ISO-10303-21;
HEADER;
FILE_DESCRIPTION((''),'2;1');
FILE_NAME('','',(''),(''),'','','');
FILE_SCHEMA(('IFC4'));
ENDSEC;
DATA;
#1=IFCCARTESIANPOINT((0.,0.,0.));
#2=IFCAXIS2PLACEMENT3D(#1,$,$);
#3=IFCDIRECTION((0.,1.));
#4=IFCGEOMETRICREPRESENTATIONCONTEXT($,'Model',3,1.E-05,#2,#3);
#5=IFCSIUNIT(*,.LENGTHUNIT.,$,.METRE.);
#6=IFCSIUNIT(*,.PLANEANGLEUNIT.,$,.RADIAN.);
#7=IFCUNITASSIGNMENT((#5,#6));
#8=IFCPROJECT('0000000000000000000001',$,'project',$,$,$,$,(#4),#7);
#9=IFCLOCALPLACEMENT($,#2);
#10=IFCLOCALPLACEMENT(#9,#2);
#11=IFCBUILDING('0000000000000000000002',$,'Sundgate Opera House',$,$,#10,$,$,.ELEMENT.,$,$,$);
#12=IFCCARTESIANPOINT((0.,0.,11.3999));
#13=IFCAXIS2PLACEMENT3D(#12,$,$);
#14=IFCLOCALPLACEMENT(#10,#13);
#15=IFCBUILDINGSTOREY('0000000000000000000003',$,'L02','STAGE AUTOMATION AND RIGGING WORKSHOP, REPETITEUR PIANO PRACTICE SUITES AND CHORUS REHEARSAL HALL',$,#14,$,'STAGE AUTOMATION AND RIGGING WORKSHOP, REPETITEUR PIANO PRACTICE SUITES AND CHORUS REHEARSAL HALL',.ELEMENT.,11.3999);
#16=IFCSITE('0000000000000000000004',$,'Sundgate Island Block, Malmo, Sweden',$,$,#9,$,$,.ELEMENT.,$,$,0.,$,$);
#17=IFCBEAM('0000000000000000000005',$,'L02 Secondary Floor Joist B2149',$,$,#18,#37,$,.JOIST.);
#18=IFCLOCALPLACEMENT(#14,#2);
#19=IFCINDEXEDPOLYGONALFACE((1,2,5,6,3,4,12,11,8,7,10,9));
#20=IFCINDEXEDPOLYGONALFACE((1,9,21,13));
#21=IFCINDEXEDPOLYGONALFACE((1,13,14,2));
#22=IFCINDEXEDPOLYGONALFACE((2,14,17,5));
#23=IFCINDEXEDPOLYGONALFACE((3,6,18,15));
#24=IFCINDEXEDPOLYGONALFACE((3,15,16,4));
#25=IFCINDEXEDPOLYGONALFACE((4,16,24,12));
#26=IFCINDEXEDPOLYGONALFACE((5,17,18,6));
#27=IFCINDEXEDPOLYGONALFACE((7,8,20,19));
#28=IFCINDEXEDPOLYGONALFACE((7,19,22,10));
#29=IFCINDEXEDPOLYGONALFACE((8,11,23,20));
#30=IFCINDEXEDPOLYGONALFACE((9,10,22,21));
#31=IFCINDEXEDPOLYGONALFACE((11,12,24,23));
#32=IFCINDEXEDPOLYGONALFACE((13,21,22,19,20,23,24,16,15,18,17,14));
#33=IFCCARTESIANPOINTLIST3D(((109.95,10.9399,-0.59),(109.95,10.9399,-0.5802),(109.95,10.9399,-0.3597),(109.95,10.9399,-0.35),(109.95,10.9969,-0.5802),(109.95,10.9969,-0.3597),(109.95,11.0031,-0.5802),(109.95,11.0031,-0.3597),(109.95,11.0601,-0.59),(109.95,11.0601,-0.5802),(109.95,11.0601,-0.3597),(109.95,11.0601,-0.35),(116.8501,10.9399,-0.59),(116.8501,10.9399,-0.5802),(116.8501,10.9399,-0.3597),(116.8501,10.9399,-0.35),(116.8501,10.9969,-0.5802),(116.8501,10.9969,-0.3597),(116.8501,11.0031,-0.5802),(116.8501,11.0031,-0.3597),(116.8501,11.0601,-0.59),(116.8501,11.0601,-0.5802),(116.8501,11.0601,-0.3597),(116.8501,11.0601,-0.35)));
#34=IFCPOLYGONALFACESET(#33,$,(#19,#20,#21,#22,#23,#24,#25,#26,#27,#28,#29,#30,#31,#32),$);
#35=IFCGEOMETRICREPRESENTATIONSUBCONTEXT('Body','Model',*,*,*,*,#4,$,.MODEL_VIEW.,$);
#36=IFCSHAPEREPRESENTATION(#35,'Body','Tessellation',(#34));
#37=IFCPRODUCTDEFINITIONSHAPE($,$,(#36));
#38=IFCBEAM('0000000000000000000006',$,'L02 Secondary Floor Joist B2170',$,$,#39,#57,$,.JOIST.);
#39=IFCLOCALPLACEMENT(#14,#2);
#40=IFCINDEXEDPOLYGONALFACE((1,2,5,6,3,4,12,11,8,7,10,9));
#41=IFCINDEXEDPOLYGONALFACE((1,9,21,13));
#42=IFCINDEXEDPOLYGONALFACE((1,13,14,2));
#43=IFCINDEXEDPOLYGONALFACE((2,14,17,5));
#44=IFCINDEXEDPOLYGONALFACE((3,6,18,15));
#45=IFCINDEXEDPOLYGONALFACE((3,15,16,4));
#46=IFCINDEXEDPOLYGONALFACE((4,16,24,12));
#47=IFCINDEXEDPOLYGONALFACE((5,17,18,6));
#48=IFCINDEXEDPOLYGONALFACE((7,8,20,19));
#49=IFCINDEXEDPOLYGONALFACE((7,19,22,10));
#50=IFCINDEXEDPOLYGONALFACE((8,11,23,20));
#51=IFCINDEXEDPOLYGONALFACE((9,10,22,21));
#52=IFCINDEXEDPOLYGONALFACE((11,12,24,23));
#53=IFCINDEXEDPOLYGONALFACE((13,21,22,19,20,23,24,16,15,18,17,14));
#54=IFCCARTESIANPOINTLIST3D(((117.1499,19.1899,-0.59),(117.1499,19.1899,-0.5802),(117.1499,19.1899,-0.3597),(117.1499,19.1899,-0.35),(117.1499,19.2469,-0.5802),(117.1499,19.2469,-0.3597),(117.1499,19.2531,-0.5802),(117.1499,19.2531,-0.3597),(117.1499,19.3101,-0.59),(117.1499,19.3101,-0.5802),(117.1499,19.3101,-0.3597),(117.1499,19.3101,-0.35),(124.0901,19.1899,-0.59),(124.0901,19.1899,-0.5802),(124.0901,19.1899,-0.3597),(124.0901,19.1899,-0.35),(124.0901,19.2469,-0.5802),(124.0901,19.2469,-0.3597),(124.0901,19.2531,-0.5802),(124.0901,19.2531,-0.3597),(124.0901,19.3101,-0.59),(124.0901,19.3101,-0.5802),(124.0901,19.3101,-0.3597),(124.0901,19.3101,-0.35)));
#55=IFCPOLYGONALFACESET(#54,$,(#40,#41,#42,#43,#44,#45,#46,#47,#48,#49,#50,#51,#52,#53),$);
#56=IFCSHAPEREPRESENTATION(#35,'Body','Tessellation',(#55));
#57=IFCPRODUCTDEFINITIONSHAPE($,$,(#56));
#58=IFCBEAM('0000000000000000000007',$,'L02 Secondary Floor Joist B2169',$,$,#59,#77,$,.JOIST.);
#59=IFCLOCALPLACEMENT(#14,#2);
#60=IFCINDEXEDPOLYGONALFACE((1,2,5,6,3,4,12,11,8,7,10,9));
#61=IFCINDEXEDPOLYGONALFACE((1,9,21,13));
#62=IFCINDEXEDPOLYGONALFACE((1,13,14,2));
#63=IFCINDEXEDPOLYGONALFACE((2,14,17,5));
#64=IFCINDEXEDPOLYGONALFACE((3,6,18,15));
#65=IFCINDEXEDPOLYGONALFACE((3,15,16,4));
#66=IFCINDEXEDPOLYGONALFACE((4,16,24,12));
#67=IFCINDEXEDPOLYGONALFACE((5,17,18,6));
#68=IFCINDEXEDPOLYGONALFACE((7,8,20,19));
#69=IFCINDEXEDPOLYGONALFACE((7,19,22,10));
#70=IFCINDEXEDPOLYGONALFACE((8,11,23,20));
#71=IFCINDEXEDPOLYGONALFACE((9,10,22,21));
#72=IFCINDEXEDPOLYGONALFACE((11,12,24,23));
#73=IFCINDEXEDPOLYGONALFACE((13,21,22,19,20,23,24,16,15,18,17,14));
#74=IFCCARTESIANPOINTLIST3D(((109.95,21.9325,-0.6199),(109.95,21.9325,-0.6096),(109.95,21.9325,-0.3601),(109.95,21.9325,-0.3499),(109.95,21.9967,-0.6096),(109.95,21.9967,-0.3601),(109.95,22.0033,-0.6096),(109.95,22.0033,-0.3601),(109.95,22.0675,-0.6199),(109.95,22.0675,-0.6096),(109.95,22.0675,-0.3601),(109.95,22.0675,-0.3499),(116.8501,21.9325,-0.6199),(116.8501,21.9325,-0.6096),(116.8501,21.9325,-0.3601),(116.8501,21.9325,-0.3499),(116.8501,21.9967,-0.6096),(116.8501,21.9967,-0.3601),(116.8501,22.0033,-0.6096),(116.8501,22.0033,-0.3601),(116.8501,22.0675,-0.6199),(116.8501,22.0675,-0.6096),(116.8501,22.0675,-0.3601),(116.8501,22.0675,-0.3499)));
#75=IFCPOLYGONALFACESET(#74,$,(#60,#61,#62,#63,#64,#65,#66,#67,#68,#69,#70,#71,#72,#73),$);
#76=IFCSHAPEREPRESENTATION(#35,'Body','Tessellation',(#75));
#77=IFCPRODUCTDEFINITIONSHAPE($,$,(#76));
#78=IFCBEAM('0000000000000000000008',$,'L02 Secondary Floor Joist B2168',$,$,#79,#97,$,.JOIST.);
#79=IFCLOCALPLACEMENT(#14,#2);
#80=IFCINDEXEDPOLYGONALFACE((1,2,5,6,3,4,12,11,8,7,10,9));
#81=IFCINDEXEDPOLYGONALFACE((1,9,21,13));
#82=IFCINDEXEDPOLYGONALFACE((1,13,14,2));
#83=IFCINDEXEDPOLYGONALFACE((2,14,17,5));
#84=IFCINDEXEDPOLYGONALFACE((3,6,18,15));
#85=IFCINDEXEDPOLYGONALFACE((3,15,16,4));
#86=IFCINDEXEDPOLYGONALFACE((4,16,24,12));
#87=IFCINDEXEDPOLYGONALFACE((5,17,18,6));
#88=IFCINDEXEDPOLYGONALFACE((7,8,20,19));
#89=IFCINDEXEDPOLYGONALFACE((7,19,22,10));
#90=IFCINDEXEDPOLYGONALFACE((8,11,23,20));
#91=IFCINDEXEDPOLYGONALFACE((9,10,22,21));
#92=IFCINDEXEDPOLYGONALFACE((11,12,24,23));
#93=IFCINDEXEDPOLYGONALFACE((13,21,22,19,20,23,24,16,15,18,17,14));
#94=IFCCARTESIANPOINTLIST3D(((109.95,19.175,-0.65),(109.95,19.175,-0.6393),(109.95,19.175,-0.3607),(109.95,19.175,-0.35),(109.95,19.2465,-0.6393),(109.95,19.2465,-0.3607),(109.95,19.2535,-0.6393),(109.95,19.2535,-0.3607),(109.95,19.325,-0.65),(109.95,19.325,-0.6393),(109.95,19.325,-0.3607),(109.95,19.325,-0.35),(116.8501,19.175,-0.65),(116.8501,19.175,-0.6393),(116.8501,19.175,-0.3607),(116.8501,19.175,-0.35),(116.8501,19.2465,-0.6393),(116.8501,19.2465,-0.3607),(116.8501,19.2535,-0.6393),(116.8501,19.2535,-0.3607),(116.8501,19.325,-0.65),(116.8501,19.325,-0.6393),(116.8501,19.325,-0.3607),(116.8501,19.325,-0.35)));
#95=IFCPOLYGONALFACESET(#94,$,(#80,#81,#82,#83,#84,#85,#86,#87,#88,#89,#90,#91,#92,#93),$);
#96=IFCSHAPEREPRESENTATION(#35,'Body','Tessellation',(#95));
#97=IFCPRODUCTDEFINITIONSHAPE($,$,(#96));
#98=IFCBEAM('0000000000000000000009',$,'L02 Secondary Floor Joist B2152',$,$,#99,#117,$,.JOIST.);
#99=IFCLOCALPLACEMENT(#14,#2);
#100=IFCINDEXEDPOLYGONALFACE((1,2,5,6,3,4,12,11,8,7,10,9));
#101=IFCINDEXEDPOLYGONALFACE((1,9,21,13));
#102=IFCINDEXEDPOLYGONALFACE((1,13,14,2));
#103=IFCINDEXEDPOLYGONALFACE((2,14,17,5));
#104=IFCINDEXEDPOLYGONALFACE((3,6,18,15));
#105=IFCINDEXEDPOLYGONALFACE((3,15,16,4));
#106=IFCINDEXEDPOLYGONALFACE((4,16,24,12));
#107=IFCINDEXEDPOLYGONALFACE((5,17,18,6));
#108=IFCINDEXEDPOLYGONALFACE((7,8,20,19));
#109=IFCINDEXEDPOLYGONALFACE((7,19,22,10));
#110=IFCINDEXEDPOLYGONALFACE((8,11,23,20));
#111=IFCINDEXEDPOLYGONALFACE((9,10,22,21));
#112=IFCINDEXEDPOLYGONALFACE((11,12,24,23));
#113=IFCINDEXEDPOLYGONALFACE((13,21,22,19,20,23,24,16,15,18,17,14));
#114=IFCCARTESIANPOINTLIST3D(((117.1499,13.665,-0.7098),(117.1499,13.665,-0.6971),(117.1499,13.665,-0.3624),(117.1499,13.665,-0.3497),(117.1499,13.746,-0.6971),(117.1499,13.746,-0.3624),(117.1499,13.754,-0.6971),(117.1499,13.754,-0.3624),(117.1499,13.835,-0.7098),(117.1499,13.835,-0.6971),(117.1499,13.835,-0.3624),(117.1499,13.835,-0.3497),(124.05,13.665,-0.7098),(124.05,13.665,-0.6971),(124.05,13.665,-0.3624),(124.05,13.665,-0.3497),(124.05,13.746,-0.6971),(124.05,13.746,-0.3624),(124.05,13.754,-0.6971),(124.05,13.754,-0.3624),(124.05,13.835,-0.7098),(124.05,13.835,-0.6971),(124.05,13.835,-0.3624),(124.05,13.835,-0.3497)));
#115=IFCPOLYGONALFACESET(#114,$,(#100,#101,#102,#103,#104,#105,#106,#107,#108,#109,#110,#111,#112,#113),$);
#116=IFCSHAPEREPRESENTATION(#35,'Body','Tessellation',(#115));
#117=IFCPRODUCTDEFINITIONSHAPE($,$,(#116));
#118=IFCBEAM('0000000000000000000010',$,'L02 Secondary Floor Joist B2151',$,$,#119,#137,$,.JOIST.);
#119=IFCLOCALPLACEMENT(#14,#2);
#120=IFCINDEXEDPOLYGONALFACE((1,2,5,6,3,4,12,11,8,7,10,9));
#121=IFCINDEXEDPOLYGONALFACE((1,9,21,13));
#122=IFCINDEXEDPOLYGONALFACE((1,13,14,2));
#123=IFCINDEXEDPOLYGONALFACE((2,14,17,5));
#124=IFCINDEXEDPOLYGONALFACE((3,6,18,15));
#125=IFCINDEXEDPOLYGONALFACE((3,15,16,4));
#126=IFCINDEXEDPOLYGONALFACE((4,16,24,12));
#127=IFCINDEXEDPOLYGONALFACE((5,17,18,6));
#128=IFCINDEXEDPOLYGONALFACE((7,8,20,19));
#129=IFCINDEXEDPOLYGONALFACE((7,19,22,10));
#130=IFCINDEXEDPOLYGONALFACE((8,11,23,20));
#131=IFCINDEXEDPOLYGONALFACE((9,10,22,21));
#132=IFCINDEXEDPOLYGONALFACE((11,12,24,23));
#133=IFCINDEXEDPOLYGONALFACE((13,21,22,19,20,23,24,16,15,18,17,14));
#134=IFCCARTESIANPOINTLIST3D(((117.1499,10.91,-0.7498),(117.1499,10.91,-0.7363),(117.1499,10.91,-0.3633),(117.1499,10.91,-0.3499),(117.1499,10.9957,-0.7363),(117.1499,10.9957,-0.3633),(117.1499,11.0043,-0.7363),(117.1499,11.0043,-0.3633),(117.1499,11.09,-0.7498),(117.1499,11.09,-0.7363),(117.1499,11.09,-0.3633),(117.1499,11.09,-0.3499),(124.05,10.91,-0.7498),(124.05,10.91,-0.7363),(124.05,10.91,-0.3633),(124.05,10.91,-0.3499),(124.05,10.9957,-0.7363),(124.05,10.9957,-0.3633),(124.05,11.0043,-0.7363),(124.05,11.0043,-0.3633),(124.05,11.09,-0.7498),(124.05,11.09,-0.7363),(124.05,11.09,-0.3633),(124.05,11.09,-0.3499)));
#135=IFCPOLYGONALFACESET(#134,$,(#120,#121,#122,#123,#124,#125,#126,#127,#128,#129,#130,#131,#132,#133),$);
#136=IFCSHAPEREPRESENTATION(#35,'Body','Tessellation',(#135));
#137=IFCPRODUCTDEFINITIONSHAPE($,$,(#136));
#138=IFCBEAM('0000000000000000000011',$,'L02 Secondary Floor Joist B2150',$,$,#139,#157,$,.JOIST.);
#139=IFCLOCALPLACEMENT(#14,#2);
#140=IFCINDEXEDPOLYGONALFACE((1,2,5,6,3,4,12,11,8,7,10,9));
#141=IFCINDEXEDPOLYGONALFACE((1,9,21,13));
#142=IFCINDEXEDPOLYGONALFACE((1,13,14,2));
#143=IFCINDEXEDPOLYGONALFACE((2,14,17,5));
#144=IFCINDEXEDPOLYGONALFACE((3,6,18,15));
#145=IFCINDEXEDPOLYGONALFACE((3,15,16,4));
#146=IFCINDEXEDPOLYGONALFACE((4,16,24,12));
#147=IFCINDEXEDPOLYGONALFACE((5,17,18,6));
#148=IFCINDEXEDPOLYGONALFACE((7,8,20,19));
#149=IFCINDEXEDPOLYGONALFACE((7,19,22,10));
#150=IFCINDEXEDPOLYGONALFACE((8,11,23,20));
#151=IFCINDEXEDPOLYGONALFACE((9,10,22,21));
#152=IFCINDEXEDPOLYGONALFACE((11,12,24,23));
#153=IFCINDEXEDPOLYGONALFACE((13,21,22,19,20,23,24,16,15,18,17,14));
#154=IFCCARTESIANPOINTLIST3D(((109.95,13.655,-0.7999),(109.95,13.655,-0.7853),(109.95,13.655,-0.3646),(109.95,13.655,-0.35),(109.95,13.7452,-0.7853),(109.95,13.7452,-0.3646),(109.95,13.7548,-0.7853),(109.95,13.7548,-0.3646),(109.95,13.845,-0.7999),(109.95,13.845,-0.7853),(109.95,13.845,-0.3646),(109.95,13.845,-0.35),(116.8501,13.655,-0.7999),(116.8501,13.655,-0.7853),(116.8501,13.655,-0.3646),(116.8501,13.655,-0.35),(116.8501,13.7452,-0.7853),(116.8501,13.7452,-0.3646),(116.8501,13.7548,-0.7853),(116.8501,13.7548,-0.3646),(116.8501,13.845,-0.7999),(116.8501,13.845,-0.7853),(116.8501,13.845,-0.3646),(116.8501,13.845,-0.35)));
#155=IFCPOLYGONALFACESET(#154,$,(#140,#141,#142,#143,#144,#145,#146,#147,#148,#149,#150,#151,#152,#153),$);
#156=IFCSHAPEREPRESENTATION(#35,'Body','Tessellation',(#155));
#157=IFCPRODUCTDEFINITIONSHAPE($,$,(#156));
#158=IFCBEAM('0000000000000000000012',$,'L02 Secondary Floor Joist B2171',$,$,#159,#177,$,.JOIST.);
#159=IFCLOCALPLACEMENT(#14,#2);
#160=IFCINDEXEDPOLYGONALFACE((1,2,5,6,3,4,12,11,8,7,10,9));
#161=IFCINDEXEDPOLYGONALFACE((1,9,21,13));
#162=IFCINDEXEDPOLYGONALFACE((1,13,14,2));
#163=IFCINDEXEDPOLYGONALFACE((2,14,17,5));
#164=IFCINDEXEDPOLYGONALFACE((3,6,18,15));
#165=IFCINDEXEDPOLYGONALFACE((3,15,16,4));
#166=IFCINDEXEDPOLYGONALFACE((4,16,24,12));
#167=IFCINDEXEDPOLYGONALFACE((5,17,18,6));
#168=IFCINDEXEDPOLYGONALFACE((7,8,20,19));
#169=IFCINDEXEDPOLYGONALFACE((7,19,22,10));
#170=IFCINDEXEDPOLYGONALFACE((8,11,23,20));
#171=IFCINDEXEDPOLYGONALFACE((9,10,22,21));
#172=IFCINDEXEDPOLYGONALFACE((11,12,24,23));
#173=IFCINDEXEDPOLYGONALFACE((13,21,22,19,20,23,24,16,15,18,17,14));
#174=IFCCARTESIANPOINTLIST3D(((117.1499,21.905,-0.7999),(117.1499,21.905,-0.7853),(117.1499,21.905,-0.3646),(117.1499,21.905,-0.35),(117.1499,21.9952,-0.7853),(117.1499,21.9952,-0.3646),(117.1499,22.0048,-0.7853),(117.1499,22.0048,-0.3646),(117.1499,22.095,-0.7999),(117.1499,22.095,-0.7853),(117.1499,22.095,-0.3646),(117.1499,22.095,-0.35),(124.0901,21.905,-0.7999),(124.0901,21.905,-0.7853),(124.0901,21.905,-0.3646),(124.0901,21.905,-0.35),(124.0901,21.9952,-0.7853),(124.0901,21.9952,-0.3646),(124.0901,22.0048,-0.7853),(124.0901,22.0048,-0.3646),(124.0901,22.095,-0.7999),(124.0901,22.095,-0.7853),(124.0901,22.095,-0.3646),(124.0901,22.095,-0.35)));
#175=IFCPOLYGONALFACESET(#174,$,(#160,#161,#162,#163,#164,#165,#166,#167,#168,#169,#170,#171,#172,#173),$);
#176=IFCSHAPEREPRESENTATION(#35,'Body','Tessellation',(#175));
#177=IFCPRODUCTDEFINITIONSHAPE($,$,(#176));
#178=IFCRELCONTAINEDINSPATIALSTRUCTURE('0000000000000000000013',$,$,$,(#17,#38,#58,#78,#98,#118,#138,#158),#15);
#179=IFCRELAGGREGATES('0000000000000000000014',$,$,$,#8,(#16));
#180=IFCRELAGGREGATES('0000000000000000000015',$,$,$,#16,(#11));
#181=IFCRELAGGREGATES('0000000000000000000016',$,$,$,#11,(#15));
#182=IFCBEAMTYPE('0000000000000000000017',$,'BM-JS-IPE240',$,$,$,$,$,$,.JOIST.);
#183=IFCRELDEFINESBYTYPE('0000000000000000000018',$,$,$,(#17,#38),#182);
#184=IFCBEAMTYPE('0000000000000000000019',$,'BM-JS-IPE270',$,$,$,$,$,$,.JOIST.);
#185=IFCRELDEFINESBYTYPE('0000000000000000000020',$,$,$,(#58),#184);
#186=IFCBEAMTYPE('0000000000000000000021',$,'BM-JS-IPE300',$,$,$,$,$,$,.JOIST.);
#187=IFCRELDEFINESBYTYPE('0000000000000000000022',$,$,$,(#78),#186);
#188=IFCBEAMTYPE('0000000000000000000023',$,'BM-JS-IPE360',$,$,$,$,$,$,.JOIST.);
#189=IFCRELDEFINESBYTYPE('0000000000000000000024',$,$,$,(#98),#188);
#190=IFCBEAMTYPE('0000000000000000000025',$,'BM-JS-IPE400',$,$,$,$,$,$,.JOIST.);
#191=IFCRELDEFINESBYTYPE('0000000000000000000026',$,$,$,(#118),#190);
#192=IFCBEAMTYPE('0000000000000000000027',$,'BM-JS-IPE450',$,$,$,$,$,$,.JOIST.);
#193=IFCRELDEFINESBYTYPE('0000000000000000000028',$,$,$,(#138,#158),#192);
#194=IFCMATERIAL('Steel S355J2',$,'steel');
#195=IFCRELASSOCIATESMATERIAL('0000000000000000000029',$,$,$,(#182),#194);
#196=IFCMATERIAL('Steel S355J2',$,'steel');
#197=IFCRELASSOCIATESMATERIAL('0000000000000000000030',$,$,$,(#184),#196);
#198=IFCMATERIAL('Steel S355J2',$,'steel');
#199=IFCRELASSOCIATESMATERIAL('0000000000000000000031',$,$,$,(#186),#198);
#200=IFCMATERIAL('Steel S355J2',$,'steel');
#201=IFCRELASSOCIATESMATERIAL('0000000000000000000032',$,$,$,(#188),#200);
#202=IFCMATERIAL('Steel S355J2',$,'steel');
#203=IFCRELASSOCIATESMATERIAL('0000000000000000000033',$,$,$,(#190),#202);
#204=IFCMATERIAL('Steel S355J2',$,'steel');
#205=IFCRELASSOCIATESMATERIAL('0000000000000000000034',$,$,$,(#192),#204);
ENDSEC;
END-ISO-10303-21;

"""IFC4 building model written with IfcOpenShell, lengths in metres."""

from ifc_helpers import new_model, si_unit, direction, frame, origin, origin_2d, place, context, subcontext, project, spatial, i_section, extrude, material, material_profile, profile_set, type_object, element, save


model = new_model("IFC4")

# Units and contexts
model_context = context("Model", 3, precision=1e-05, world=origin(), true_north=direction((0.0, 1.0)))
body_context = subcontext(model_context, "Body", "Model", "MODEL_VIEW")
ifc_project = project(units=[si_unit("LENGTHUNIT", "METRE"), si_unit("PLANEANGLEUNIT", "RADIAN")], contexts=[model_context])

# Site, building, storey
site_placement = place(None, origin())
site = spatial("IfcSite", under=ifc_project, at=site_placement, Name="Sundgate Island Block, Malmo, Sweden", CompositionType="ELEMENT", RefElevation=0.0)
building_placement = place(site_placement, origin())
building = spatial("IfcBuilding", under=site, at=building_placement, Name="Sundgate Opera House", CompositionType="ELEMENT")
storey_placement = place(building_placement, frame((0.0, 0.0, 11.3999)))
storey = spatial("IfcBuildingStorey", under=building, at=storey_placement, Name="L02", Description="STAGE AUTOMATION AND RIGGING WORKSHOP, REPETITEUR PIANO PRACTICE SUITES AND CHORUS REHEARSAL HALL", LongName="STAGE AUTOMATION AND RIGGING WORKSHOP, REPETITEUR PIANO PRACTICE SUITES AND CHORUS REHEARSAL HALL", CompositionType="ELEMENT", Elevation=11.3999)

# Beams
ifc_material_1 = material(Name="Steel S355J2", Category="steel")
ifc_material_profile_1 = material_profile(ifc_material_1, i_section(OverallWidth=0.1201, OverallDepth=0.24, WebThickness=0.0061, FlangeThickness=0.0098, at=origin_2d()), Name="IPE 240")
ifc_profile_set_1 = profile_set([ifc_material_profile_1], Name="Steel S355J2")
beam_type_1 = type_object("IfcBeamType", Name="BM-JS-IPE240", PredefinedType="JOIST", material=ifc_profile_set_1)
beam_1_placement = place(storey_placement, frame((109.95, 11.0, -0.47), z_axis=(1.0, 0.0, 0.0), x_axis=(0.0, 1.0, 0.0)))
element("IfcBeam", 1, at=beam_1_placement, inside=storey, type_object=beam_type_1, Name="L02 Secondary Floor Joist B2149", PredefinedType="JOIST", context=body_context, shape_type="SweptSolid", body=[
    extrude(i_section(OverallWidth=0.1201, OverallDepth=0.24, WebThickness=0.0061, FlangeThickness=0.0098, at=origin_2d()), origin(), (0.0, 0.0, 1.0), 6.9001),
])
beam_2_placement = place(storey_placement, frame((117.1499, 19.25, -0.47), z_axis=(1.0, 0.0, 0.0), x_axis=(0.0, 1.0, 0.0)))
element("IfcBeam", 2, at=beam_2_placement, inside=storey, type_object=beam_type_1, Name="L02 Secondary Floor Joist B2170", PredefinedType="JOIST", context=body_context, shape_type="SweptSolid", body=[
    extrude(i_section(OverallWidth=0.1201, OverallDepth=0.24, WebThickness=0.0061, FlangeThickness=0.0098, at=origin_2d()), origin(), (0.0, 0.0, 1.0), 6.9402),
])
ifc_material_2 = material(Name="Steel S355J2", Category="steel")
ifc_material_profile_2 = material_profile(ifc_material_2, i_section(OverallWidth=0.135, OverallDepth=0.27, WebThickness=0.0066, FlangeThickness=0.0103, at=origin_2d()), Name="IPE 270")
ifc_profile_set_2 = profile_set([ifc_material_profile_2], Name="Steel S355J2")
beam_type_2 = type_object("IfcBeamType", Name="BM-JS-IPE270", PredefinedType="JOIST", material=ifc_profile_set_2)
beam_3_placement = place(storey_placement, frame((109.95, 22.0, -0.4849), z_axis=(1.0, 0.0, 0.0), x_axis=(0.0, 1.0, 0.0)))
element("IfcBeam", 3, at=beam_3_placement, inside=storey, type_object=beam_type_2, Name="L02 Secondary Floor Joist B2169", PredefinedType="JOIST", context=body_context, shape_type="SweptSolid", body=[
    extrude(i_section(OverallWidth=0.135, OverallDepth=0.27, WebThickness=0.0066, FlangeThickness=0.0103, at=origin_2d()), origin(), (0.0, 0.0, 1.0), 6.9001),
])
ifc_material_3 = material(Name="Steel S355J2", Category="steel")
ifc_material_profile_3 = material_profile(ifc_material_3, i_section(OverallWidth=0.1499, OverallDepth=0.3, WebThickness=0.0071, FlangeThickness=0.0107, at=origin_2d()), Name="IPE 300")
ifc_profile_set_3 = profile_set([ifc_material_profile_3], Name="Steel S355J2")
beam_type_3 = type_object("IfcBeamType", Name="BM-JS-IPE300", PredefinedType="JOIST", material=ifc_profile_set_3)
beam_4_placement = place(storey_placement, frame((109.95, 19.25, -0.5), z_axis=(1.0, 0.0, 0.0), x_axis=(0.0, 1.0, 0.0)))
element("IfcBeam", 4, at=beam_4_placement, inside=storey, type_object=beam_type_3, Name="L02 Secondary Floor Joist B2168", PredefinedType="JOIST", context=body_context, shape_type="SweptSolid", body=[
    extrude(i_section(OverallWidth=0.1499, OverallDepth=0.3, WebThickness=0.0071, FlangeThickness=0.0107, at=origin_2d()), origin(), (0.0, 0.0, 1.0), 6.9001),
])
ifc_material_4 = material(Name="Steel S355J2", Category="steel")
ifc_material_profile_4 = material_profile(ifc_material_4, i_section(OverallWidth=0.1699, OverallDepth=0.3601, WebThickness=0.0081, FlangeThickness=0.0127, at=origin_2d()), Name="IPE 360")
ifc_profile_set_4 = profile_set([ifc_material_profile_4], Name="Steel S355J2")
beam_type_4 = type_object("IfcBeamType", Name="BM-JS-IPE360", PredefinedType="JOIST", material=ifc_profile_set_4)
beam_5_placement = place(storey_placement, frame((117.1499, 13.75, -0.5298), z_axis=(1.0, 0.0, 0.0), x_axis=(0.0, 1.0, 0.0)))
element("IfcBeam", 5, at=beam_5_placement, inside=storey, type_object=beam_type_4, Name="L02 Secondary Floor Joist B2152", PredefinedType="JOIST", context=body_context, shape_type="SweptSolid", body=[
    extrude(i_section(OverallWidth=0.1699, OverallDepth=0.3601, WebThickness=0.0081, FlangeThickness=0.0127, at=origin_2d()), origin(), (0.0, 0.0, 1.0), 6.9001),
])
ifc_material_5 = material(Name="Steel S355J2", Category="steel")
ifc_material_profile_5 = material_profile(ifc_material_5, i_section(OverallWidth=0.1799, OverallDepth=0.3999, WebThickness=0.0085, FlangeThickness=0.0134, at=origin_2d()), Name="IPE 400")
ifc_profile_set_5 = profile_set([ifc_material_profile_5], Name="Steel S355J2")
beam_type_5 = type_object("IfcBeamType", Name="BM-JS-IPE400", PredefinedType="JOIST", material=ifc_profile_set_5)
beam_6_placement = place(storey_placement, frame((117.1499, 11.0, -0.5498), z_axis=(1.0, 0.0, 0.0), x_axis=(0.0, 1.0, 0.0)))
element("IfcBeam", 6, at=beam_6_placement, inside=storey, type_object=beam_type_5, Name="L02 Secondary Floor Joist B2151", PredefinedType="JOIST", context=body_context, shape_type="SweptSolid", body=[
    extrude(i_section(OverallWidth=0.1799, OverallDepth=0.3999, WebThickness=0.0085, FlangeThickness=0.0134, at=origin_2d()), origin(), (0.0, 0.0, 1.0), 6.9001),
])
ifc_material_6 = material(Name="Steel S355J2", Category="steel")
ifc_material_profile_6 = material_profile(ifc_material_6, i_section(OverallWidth=0.1899, OverallDepth=0.45, WebThickness=0.0095, FlangeThickness=0.0146, at=origin_2d()), Name="IPE 450")
ifc_profile_set_6 = profile_set([ifc_material_profile_6], Name="Steel S355J2")
beam_type_6 = type_object("IfcBeamType", Name="BM-JS-IPE450", PredefinedType="JOIST", material=ifc_profile_set_6)
beam_7_placement = place(storey_placement, frame((109.95, 13.75, -0.575), z_axis=(1.0, 0.0, 0.0), x_axis=(0.0, 1.0, 0.0)))
element("IfcBeam", 7, at=beam_7_placement, inside=storey, type_object=beam_type_6, Name="L02 Secondary Floor Joist B2150", PredefinedType="JOIST", context=body_context, shape_type="SweptSolid", body=[
    extrude(i_section(OverallWidth=0.1899, OverallDepth=0.45, WebThickness=0.0095, FlangeThickness=0.0146, at=origin_2d()), origin(), (0.0, 0.0, 1.0), 6.9001),
])
beam_8_placement = place(storey_placement, frame((117.1499, 22.0, -0.575), z_axis=(1.0, 0.0, 0.0), x_axis=(0.0, 1.0, 0.0)))
element("IfcBeam", 8, at=beam_8_placement, inside=storey, type_object=beam_type_6, Name="L02 Secondary Floor Joist B2171", PredefinedType="JOIST", context=body_context, shape_type="SweptSolid", body=[
    extrude(i_section(OverallWidth=0.1899, OverallDepth=0.45, WebThickness=0.0095, FlangeThickness=0.0146, at=origin_2d()), origin(), (0.0, 0.0, 1.0), 6.9402),
])

save(model, "model.ifc")
